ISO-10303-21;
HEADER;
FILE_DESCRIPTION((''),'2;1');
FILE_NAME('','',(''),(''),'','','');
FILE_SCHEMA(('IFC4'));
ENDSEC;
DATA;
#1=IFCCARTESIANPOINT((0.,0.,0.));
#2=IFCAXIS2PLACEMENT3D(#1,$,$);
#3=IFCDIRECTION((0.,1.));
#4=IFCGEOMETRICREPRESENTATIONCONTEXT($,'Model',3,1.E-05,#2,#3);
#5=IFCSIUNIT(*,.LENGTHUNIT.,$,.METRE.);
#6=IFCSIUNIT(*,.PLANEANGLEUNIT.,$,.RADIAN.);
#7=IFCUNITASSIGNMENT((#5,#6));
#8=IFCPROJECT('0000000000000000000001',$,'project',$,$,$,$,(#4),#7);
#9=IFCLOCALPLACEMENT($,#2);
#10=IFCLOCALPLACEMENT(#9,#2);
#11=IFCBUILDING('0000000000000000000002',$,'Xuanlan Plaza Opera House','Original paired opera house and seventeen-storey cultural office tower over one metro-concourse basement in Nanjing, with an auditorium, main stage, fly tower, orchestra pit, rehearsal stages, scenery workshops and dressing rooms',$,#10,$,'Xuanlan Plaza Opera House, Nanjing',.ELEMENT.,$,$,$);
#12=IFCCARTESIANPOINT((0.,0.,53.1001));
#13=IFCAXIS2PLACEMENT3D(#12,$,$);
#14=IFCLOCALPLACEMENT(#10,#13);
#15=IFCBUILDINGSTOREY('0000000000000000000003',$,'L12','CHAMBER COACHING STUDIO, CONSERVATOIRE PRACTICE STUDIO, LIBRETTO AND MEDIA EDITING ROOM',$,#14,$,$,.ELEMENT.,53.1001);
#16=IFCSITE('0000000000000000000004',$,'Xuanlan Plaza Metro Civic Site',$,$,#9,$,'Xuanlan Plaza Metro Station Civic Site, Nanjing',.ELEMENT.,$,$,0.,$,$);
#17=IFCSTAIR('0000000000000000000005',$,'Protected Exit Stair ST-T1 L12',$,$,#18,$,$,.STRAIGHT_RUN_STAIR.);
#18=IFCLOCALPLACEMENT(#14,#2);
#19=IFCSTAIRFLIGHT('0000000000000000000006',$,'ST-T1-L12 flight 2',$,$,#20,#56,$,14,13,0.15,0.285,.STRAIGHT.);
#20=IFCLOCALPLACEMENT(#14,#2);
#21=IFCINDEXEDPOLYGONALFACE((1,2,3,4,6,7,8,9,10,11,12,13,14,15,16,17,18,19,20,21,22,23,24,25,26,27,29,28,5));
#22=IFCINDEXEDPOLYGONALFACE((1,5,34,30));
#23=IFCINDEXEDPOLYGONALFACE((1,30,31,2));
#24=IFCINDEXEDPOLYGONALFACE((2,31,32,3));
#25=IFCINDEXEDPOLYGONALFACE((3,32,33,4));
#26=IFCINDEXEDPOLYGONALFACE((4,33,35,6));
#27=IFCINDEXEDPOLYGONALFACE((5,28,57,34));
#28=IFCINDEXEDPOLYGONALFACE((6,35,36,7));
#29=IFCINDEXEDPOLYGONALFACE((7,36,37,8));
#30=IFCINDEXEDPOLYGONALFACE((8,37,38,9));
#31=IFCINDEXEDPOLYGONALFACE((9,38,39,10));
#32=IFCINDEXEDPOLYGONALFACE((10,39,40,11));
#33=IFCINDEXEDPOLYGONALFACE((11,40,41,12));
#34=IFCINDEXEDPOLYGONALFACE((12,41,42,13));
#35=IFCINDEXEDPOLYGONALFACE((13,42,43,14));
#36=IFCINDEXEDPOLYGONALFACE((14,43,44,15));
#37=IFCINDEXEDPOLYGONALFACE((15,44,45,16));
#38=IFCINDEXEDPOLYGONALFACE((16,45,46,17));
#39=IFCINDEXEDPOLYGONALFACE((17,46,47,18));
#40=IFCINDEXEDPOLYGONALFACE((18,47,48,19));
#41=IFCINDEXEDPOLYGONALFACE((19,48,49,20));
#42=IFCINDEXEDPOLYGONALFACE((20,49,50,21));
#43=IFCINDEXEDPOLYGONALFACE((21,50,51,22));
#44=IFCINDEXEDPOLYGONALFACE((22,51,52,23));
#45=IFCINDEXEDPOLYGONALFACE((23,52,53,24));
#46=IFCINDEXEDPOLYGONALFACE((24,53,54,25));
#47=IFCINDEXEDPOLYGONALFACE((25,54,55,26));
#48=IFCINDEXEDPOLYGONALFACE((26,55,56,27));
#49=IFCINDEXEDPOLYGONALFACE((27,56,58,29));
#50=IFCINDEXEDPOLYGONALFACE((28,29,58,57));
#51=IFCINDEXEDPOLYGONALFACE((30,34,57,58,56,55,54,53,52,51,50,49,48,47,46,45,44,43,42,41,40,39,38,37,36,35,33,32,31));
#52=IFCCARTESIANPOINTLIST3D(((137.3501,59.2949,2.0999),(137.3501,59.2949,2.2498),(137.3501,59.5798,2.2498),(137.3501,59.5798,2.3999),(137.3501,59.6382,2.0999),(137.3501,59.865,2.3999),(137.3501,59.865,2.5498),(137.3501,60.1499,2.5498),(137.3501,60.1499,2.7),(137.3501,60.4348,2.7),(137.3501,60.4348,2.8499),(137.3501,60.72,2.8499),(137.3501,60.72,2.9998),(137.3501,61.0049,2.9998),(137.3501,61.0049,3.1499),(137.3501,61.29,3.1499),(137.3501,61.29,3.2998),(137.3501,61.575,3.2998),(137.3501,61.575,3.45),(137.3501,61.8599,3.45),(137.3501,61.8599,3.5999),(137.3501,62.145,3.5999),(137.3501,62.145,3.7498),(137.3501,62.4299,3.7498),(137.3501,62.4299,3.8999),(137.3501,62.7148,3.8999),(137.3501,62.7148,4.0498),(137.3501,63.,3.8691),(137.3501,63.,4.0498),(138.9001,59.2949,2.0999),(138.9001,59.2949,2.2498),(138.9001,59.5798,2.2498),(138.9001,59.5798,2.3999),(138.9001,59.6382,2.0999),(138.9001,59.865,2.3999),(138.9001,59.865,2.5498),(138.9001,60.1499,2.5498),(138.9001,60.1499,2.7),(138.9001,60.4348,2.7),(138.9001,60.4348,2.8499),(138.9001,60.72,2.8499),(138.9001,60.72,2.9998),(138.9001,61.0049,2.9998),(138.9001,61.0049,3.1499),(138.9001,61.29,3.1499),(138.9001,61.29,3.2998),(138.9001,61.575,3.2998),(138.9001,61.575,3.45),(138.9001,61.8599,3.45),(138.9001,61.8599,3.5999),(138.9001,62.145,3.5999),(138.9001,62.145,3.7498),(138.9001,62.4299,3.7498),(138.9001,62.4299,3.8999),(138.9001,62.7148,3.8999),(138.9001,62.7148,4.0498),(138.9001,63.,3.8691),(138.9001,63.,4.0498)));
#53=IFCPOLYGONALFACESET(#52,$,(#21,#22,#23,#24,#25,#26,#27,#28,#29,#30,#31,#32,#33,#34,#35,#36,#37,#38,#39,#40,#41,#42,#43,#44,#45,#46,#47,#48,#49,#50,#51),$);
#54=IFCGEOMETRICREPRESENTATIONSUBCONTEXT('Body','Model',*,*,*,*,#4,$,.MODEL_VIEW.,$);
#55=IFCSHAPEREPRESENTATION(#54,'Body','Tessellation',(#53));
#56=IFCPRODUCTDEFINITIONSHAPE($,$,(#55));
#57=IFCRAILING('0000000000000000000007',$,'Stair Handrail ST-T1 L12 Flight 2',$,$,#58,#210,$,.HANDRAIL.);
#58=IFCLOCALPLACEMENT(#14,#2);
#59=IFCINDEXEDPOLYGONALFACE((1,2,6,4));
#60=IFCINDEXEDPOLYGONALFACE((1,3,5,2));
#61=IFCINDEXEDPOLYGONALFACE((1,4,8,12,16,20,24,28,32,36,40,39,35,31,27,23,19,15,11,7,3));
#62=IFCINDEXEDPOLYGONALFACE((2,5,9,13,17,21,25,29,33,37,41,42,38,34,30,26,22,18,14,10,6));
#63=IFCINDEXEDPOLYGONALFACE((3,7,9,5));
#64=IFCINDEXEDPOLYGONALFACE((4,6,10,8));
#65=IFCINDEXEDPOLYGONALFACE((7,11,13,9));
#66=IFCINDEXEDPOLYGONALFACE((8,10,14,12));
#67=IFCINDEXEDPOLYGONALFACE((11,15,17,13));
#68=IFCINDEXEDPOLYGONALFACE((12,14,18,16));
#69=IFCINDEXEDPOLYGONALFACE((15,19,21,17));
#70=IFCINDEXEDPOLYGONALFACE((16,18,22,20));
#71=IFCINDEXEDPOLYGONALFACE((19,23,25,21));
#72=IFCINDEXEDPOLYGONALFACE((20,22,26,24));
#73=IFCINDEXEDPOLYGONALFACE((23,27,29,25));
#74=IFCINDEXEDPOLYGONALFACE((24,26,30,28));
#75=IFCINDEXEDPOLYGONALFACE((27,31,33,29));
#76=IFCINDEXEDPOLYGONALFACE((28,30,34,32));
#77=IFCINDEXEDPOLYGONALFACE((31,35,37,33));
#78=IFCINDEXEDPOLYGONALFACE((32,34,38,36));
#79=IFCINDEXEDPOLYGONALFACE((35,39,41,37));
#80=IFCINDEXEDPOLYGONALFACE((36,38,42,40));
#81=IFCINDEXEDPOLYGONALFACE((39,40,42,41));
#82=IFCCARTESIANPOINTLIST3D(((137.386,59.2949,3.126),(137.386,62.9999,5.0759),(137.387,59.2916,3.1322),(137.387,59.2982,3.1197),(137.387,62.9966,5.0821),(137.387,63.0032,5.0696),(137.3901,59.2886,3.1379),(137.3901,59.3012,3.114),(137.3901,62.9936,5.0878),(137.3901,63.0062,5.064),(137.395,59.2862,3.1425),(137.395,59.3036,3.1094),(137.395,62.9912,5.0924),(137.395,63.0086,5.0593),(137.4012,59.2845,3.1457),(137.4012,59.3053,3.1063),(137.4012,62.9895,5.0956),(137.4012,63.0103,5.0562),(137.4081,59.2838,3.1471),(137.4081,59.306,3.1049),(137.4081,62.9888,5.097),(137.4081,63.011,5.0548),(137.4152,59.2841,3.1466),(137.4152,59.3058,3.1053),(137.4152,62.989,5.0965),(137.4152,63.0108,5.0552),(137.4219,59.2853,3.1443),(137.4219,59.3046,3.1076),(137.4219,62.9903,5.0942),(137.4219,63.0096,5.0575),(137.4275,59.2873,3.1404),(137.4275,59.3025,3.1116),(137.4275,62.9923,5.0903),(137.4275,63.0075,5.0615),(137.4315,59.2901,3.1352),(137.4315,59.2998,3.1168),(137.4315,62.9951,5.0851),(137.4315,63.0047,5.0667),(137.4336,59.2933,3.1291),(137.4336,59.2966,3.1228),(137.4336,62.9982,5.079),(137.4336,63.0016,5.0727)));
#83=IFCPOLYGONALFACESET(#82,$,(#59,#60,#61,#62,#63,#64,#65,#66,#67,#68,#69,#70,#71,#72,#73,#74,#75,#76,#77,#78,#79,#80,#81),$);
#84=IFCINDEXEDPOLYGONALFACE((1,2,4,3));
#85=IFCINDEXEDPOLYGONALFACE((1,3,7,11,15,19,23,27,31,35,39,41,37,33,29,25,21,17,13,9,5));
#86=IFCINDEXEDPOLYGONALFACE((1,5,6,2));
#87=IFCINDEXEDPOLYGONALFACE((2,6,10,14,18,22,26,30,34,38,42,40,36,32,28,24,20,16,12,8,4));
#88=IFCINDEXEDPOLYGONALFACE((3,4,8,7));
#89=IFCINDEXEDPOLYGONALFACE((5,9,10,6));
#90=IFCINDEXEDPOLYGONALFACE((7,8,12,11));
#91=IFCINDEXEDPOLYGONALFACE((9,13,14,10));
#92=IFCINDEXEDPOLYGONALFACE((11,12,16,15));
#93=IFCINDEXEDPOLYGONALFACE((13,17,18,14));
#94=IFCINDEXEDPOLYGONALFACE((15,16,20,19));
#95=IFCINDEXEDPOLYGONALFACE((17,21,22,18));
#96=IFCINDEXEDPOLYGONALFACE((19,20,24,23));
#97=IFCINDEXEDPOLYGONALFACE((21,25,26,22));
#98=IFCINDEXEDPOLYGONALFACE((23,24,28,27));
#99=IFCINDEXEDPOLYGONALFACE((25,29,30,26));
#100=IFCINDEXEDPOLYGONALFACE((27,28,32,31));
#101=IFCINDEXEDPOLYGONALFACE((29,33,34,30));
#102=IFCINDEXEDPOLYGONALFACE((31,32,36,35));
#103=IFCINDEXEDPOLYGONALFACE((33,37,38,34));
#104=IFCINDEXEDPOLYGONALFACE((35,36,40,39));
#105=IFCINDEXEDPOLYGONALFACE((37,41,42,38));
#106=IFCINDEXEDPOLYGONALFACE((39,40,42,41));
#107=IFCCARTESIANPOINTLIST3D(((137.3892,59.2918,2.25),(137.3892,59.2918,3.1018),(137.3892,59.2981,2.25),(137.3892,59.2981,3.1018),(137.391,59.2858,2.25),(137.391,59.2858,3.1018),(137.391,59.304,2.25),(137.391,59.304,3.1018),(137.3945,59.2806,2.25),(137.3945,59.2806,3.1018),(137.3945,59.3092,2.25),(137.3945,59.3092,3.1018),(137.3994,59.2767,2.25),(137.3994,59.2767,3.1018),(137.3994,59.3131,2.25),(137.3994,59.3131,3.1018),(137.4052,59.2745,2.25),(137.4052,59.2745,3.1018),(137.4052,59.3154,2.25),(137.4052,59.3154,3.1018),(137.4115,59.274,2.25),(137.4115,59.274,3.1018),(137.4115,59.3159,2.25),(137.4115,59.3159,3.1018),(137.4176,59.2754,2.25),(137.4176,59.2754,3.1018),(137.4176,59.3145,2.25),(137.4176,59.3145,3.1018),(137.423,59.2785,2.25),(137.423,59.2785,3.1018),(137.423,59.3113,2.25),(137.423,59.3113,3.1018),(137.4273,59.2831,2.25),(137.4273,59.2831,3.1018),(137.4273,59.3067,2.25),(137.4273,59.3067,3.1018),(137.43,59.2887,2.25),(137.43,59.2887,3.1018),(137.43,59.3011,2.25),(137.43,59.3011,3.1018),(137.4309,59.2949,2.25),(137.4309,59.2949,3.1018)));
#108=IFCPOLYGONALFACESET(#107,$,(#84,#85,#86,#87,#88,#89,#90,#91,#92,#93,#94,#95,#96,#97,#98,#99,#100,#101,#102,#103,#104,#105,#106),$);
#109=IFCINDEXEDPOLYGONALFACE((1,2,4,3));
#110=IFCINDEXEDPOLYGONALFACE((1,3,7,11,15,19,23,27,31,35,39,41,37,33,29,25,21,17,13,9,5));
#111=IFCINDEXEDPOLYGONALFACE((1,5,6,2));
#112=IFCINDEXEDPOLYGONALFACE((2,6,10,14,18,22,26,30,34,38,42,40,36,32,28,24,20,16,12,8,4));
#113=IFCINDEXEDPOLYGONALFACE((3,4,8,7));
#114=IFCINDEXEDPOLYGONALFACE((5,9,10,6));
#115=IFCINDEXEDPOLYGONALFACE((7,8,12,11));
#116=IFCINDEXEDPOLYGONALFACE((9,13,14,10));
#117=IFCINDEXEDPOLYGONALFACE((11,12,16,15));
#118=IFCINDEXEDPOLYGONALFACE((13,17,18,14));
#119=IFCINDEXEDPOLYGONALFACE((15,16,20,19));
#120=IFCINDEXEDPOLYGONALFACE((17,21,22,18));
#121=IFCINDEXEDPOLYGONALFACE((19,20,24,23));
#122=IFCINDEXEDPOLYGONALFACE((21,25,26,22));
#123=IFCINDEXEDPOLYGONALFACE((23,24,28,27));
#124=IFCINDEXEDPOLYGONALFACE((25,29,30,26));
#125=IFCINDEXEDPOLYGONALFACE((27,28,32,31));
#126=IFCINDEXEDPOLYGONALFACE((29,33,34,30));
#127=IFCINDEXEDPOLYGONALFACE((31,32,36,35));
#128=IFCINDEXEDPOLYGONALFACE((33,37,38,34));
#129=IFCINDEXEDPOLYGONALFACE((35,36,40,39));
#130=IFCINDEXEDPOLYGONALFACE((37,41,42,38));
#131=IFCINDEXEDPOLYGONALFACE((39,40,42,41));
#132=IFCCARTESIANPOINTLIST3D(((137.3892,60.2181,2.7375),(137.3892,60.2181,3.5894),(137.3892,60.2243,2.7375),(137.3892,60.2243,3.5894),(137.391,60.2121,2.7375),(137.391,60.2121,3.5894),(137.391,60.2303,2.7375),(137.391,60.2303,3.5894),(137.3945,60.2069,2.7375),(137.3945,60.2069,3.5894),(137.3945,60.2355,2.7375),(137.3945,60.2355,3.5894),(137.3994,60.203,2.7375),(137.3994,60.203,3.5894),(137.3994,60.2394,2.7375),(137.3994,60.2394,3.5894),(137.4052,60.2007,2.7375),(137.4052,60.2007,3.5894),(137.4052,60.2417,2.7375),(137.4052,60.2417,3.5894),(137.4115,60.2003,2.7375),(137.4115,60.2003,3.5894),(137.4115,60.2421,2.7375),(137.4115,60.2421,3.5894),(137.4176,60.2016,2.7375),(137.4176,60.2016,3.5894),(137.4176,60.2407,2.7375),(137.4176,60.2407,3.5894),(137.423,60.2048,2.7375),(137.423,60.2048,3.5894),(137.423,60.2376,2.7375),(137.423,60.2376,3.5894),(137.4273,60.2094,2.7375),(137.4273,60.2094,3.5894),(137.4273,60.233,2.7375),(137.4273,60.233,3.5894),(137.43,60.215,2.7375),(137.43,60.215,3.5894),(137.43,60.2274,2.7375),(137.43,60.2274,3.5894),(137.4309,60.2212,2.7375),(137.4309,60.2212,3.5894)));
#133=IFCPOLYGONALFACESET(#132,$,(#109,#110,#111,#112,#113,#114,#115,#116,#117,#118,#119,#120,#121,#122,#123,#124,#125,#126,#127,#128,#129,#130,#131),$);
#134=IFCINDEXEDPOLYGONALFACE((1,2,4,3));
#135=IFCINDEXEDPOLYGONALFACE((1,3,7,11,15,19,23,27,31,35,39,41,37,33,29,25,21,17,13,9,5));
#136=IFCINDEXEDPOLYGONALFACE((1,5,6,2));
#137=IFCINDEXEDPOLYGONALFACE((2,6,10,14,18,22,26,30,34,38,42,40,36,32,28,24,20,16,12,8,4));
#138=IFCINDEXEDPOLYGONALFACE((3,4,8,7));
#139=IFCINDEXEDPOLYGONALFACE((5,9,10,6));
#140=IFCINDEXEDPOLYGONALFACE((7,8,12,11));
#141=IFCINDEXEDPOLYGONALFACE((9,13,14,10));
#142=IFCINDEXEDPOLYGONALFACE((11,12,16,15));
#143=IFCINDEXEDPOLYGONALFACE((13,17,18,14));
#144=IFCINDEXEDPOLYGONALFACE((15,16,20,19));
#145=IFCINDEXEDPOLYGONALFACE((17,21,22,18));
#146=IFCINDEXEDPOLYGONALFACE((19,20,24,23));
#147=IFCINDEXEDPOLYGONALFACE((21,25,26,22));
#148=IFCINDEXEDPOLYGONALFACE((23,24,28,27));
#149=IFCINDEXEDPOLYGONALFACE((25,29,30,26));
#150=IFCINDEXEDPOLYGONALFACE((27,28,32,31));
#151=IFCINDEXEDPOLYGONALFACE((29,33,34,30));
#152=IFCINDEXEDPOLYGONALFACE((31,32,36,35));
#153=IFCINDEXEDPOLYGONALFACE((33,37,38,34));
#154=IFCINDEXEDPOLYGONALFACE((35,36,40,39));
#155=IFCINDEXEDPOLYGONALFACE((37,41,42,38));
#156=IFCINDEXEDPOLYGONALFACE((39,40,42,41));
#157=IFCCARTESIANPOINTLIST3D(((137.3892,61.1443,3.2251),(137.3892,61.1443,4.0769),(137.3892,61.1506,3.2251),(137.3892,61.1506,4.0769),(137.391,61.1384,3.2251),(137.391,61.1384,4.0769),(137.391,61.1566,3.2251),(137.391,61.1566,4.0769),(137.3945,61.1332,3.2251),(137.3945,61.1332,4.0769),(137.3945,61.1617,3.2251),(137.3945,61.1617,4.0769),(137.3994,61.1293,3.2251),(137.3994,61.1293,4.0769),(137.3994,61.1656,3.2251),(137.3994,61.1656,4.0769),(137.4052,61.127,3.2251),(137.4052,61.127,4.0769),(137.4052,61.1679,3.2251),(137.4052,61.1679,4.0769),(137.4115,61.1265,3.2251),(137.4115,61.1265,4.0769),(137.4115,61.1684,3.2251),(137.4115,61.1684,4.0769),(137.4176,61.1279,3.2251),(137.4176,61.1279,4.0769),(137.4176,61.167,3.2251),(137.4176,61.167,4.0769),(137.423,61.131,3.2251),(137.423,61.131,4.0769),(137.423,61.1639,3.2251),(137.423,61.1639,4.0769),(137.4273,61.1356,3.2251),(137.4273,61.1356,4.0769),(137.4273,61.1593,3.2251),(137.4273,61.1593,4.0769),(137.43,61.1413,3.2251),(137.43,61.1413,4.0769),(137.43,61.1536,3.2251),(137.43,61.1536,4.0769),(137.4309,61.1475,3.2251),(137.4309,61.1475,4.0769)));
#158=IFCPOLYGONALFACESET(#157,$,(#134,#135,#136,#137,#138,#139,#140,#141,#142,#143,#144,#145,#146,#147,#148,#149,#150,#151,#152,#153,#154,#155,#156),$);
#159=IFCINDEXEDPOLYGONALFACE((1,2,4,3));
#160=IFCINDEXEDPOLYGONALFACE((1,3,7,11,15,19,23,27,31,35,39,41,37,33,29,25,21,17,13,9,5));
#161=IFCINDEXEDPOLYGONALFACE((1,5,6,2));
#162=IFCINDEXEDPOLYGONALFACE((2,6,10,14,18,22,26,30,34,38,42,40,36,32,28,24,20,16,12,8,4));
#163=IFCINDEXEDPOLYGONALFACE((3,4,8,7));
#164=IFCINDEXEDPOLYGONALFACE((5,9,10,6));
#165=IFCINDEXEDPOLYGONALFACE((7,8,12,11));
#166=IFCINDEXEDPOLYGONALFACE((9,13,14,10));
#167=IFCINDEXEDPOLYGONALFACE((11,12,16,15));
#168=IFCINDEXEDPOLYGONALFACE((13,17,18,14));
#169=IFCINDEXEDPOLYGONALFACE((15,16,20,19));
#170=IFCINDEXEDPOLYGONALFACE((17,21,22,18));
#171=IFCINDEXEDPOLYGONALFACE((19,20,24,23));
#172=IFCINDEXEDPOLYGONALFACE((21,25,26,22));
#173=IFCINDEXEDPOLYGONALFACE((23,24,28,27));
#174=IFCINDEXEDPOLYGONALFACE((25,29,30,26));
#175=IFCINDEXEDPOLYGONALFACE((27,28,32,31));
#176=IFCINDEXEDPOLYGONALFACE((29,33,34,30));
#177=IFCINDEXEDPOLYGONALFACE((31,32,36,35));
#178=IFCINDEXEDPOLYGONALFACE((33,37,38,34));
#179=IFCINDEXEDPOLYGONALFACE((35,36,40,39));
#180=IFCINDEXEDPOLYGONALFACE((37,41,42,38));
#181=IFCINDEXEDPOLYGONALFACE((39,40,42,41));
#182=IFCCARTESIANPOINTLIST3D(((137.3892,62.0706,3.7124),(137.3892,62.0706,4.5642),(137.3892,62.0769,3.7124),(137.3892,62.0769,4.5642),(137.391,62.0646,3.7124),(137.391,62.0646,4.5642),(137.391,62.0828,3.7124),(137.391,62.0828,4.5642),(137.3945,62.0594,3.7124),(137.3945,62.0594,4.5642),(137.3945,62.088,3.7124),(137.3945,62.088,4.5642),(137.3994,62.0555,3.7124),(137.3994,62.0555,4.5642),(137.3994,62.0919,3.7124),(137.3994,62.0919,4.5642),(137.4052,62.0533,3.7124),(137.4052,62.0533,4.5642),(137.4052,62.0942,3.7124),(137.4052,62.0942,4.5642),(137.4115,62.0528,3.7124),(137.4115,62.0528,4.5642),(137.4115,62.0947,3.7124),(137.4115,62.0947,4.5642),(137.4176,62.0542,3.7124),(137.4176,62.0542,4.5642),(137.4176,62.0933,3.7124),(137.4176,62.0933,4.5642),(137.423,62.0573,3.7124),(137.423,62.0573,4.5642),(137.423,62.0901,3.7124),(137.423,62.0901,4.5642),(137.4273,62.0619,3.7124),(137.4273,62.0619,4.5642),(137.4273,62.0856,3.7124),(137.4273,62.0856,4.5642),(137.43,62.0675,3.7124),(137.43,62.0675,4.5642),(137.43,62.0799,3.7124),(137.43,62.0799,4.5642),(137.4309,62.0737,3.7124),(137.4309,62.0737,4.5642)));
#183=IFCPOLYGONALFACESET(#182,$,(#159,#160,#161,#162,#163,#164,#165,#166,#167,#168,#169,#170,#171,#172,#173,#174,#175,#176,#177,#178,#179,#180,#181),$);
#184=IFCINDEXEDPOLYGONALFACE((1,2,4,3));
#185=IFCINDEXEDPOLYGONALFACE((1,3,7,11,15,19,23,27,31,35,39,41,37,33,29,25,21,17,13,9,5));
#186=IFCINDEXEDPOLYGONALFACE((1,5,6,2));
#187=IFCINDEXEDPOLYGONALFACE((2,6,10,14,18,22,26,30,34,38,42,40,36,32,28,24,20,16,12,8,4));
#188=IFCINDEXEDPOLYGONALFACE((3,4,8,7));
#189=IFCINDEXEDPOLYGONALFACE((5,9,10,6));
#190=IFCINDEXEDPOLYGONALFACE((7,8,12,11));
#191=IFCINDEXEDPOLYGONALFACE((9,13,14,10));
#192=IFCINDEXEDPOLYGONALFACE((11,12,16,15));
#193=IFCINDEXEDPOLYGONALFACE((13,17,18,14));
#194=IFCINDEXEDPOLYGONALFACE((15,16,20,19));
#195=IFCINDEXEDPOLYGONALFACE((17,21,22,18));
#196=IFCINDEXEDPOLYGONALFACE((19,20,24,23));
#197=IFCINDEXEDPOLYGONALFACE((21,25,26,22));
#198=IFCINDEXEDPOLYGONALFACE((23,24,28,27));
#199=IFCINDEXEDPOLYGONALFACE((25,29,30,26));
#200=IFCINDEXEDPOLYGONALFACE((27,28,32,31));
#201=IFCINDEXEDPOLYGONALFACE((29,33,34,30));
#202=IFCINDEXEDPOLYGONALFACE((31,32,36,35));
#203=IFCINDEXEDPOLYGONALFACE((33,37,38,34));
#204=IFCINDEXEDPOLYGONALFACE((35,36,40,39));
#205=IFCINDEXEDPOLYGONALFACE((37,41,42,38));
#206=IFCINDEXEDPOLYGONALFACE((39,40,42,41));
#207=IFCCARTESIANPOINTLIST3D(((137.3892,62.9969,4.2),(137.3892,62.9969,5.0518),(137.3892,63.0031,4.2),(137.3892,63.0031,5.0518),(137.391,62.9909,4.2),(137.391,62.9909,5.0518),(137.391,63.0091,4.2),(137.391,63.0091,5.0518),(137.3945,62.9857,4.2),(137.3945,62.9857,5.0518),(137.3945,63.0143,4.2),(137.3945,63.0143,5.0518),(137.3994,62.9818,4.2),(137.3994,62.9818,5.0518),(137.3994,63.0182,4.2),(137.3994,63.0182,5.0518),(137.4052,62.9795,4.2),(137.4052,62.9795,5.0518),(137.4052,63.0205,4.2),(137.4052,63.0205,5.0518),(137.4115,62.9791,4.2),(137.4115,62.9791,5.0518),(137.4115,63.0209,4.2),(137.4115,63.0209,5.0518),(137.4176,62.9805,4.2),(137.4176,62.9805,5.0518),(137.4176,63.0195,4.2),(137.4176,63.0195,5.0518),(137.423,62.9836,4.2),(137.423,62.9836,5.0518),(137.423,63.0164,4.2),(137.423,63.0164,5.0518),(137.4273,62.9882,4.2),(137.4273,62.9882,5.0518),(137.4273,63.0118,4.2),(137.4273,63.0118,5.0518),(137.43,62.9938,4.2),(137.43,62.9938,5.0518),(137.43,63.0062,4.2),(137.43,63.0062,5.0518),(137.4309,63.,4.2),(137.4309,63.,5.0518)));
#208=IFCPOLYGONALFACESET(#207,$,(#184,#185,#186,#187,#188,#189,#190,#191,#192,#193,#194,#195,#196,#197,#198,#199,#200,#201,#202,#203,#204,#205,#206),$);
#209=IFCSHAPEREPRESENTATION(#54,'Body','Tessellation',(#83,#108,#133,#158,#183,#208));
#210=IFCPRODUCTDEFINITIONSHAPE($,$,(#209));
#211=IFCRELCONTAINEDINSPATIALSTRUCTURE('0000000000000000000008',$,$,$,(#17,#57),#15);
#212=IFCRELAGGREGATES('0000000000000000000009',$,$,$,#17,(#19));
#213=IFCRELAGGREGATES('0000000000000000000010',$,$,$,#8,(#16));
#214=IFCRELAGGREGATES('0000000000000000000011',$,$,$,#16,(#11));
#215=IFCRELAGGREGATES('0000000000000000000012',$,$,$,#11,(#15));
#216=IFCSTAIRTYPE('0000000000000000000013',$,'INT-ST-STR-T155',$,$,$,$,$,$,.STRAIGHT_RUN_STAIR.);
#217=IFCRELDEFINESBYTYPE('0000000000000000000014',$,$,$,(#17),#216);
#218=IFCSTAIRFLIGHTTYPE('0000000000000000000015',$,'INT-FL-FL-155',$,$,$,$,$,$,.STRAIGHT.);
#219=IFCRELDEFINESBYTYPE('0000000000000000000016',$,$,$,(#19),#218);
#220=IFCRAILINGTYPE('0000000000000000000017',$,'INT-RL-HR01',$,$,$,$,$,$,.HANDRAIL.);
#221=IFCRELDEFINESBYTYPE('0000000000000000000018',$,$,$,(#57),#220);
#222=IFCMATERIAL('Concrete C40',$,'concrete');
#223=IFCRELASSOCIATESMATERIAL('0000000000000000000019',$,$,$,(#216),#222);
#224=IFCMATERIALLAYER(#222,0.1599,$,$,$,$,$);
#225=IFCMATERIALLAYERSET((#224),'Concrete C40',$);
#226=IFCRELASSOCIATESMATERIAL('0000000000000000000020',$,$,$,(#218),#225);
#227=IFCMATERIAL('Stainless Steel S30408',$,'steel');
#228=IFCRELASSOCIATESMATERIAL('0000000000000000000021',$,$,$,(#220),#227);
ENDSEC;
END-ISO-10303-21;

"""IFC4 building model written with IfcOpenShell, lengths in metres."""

from ifc_helpers import new_model, si_unit, direction, frame, origin, origin_2d, place, context, subcontext, project, spatial, polyline, circle, outline, extrude, material, layer, layer_set, type_object, element, aggregate, save


model = new_model("IFC4")

# Units and contexts
model_context = context("Model", 3, precision=1e-05, world=origin(), true_north=direction((0.0, 1.0)))
body_context = subcontext(model_context, "Body", "Model", "MODEL_VIEW")
ifc_project = project(units=[si_unit("LENGTHUNIT", "METRE"), si_unit("PLANEANGLEUNIT", "RADIAN")], contexts=[model_context])

# Site, building, storey
site_placement = place(None, origin())
site = spatial("IfcSite", under=ifc_project, at=site_placement, Name="Xuanlan Plaza Metro Civic Site", LongName="Xuanlan Plaza Metro Station Civic Site, Nanjing", CompositionType="ELEMENT", RefElevation=0.0)
building_placement = place(site_placement, origin())
building = spatial("IfcBuilding", under=site, at=building_placement, Name="Xuanlan Plaza Opera House", Description="Original paired opera house and seventeen-storey cultural office tower over one metro-concourse basement in Nanjing, with an auditorium, main stage, fly tower, orchestra pit, rehearsal stages, scenery workshops and dressing rooms", LongName="Xuanlan Plaza Opera House, Nanjing", CompositionType="ELEMENT")
storey_placement = place(building_placement, frame((0.0, 0.0, 53.1001)))
storey = spatial("IfcBuildingStorey", under=building, at=storey_placement, Name="L12", Description="CHAMBER COACHING STUDIO, CONSERVATOIRE PRACTICE STUDIO, LIBRETTO AND MEDIA EDITING ROOM", CompositionType="ELEMENT", Elevation=53.1001)

# Shared definitions
ifc_material_1 = material(Name="Concrete C40", Category="concrete")

# Shared definitions
ifc_material_2 = material(Name="Stainless Steel S30408", Category="steel")

# Stair, stair flight
stair_type = type_object("IfcStairType", Name="INT-ST-STR-T155", PredefinedType="STRAIGHT_RUN_STAIR", material=ifc_material_1)
stair_placement = place(storey_placement, origin())
stair = element("IfcStair", 1, at=stair_placement, inside=storey, type_object=stair_type, Name="Protected Exit Stair ST-T1 L12", PredefinedType="STRAIGHT_RUN_STAIR")
ifc_layer_1 = layer(ifc_material_1, 0.1599)
ifc_layer_set_1 = layer_set([ifc_layer_1], Name="Concrete C40")
stair_flight_type = type_object("IfcStairFlightType", Name="INT-FL-FL-155", PredefinedType="STRAIGHT", material=ifc_layer_set_1)
stair_flight_placement = place(storey_placement, frame((138.125, 59.2949, 2.0999), z_axis=(0.0, 0.0, 1.0), x_axis=(0.0, 1.0, 0.0)))
stair_flight = element("IfcStairFlight", 2, at=stair_flight_placement, type_object=stair_flight_type, Name="ST-T1-L12 flight 2", NumberOfRisers=14, NumberOfTreads=13, PredefinedType="STRAIGHT", RiserHeight=0.15, TreadLength=0.285, context=body_context, shape_type="SweptSolid", body=[
    extrude(outline(polyline([(0.0, 0.0), (0.0, 0.1499), (0.2849, 0.1499), (0.2849, 0.3), (0.5701, 0.3), (0.5701, 0.45), (0.855, 0.45), (0.855, 0.6001), (1.1399, 0.6001), (1.1399, 0.75), (1.425, 0.75), (1.425, 0.8999), (1.71, 0.8999), (1.71, 1.05), (1.9951, 1.05), (1.9951, 1.2), (2.28, 1.2), (2.28, 1.3501), (2.5649, 1.3501), (2.5649, 1.5), (2.8501, 1.5), (2.8501, 1.6499), (3.135, 1.6499), (3.135, 1.8), (3.4199, 1.8), (3.4199, 1.95), (3.7051, 1.95), (3.7051, 2.1001), (3.7051, 1.7693), (0.3433, 0.0), (0.0, 0.0)])), frame((0.0, 0.7749, 0.0), z_axis=(0.0, -1.0, 0.0), x_axis=(1.0, 0.0, 0.0)), (0.0, 0.0, 1.0), 1.55),
])
aggregate(stair, [stair_flight])

# Railing
railing_type = type_object("IfcRailingType", Name="INT-RL-HR01", PredefinedType="HANDRAIL", material=ifc_material_2)
railing_placement = place(storey_placement, frame((137.4099, 59.2949, 2.25)))
element("IfcRailing", 3, at=railing_placement, inside=storey, type_object=railing_type, Name="Stair Handrail ST-T1 L12 Flight 2", PredefinedType="HANDRAIL", context=body_context, shape_type="SweptSolid", body=[
    extrude(circle(Radius=0.0239, at=origin_2d()), frame((0.0, 0.0, 0.876), z_axis=(0.0, 0.884927, 0.46573), x_axis=(-1.0, 0.0, 0.0)), (0.0, 0.0, 1.0), 4.1868),
    extrude(circle(Radius=0.021, at=origin_2d()), origin(), (0.0, 0.0, 1.0), 0.8518),
    extrude(circle(Radius=0.021, at=origin_2d()), frame((0.0, 0.9263, 0.4875)), (0.0, 0.0, 1.0), 0.8518),
    extrude(circle(Radius=0.021, at=origin_2d()), frame((0.0, 1.8525, 0.9751)), (0.0, 0.0, 1.0), 0.8518),
    extrude(circle(Radius=0.021, at=origin_2d()), frame((0.0, 2.7788, 1.4624)), (0.0, 0.0, 1.0), 0.8518),
    extrude(circle(Radius=0.021, at=origin_2d()), frame((0.0, 3.7051, 1.95)), (0.0, 0.0, 1.0), 0.8518),
])

save(model, "model.ifc")
